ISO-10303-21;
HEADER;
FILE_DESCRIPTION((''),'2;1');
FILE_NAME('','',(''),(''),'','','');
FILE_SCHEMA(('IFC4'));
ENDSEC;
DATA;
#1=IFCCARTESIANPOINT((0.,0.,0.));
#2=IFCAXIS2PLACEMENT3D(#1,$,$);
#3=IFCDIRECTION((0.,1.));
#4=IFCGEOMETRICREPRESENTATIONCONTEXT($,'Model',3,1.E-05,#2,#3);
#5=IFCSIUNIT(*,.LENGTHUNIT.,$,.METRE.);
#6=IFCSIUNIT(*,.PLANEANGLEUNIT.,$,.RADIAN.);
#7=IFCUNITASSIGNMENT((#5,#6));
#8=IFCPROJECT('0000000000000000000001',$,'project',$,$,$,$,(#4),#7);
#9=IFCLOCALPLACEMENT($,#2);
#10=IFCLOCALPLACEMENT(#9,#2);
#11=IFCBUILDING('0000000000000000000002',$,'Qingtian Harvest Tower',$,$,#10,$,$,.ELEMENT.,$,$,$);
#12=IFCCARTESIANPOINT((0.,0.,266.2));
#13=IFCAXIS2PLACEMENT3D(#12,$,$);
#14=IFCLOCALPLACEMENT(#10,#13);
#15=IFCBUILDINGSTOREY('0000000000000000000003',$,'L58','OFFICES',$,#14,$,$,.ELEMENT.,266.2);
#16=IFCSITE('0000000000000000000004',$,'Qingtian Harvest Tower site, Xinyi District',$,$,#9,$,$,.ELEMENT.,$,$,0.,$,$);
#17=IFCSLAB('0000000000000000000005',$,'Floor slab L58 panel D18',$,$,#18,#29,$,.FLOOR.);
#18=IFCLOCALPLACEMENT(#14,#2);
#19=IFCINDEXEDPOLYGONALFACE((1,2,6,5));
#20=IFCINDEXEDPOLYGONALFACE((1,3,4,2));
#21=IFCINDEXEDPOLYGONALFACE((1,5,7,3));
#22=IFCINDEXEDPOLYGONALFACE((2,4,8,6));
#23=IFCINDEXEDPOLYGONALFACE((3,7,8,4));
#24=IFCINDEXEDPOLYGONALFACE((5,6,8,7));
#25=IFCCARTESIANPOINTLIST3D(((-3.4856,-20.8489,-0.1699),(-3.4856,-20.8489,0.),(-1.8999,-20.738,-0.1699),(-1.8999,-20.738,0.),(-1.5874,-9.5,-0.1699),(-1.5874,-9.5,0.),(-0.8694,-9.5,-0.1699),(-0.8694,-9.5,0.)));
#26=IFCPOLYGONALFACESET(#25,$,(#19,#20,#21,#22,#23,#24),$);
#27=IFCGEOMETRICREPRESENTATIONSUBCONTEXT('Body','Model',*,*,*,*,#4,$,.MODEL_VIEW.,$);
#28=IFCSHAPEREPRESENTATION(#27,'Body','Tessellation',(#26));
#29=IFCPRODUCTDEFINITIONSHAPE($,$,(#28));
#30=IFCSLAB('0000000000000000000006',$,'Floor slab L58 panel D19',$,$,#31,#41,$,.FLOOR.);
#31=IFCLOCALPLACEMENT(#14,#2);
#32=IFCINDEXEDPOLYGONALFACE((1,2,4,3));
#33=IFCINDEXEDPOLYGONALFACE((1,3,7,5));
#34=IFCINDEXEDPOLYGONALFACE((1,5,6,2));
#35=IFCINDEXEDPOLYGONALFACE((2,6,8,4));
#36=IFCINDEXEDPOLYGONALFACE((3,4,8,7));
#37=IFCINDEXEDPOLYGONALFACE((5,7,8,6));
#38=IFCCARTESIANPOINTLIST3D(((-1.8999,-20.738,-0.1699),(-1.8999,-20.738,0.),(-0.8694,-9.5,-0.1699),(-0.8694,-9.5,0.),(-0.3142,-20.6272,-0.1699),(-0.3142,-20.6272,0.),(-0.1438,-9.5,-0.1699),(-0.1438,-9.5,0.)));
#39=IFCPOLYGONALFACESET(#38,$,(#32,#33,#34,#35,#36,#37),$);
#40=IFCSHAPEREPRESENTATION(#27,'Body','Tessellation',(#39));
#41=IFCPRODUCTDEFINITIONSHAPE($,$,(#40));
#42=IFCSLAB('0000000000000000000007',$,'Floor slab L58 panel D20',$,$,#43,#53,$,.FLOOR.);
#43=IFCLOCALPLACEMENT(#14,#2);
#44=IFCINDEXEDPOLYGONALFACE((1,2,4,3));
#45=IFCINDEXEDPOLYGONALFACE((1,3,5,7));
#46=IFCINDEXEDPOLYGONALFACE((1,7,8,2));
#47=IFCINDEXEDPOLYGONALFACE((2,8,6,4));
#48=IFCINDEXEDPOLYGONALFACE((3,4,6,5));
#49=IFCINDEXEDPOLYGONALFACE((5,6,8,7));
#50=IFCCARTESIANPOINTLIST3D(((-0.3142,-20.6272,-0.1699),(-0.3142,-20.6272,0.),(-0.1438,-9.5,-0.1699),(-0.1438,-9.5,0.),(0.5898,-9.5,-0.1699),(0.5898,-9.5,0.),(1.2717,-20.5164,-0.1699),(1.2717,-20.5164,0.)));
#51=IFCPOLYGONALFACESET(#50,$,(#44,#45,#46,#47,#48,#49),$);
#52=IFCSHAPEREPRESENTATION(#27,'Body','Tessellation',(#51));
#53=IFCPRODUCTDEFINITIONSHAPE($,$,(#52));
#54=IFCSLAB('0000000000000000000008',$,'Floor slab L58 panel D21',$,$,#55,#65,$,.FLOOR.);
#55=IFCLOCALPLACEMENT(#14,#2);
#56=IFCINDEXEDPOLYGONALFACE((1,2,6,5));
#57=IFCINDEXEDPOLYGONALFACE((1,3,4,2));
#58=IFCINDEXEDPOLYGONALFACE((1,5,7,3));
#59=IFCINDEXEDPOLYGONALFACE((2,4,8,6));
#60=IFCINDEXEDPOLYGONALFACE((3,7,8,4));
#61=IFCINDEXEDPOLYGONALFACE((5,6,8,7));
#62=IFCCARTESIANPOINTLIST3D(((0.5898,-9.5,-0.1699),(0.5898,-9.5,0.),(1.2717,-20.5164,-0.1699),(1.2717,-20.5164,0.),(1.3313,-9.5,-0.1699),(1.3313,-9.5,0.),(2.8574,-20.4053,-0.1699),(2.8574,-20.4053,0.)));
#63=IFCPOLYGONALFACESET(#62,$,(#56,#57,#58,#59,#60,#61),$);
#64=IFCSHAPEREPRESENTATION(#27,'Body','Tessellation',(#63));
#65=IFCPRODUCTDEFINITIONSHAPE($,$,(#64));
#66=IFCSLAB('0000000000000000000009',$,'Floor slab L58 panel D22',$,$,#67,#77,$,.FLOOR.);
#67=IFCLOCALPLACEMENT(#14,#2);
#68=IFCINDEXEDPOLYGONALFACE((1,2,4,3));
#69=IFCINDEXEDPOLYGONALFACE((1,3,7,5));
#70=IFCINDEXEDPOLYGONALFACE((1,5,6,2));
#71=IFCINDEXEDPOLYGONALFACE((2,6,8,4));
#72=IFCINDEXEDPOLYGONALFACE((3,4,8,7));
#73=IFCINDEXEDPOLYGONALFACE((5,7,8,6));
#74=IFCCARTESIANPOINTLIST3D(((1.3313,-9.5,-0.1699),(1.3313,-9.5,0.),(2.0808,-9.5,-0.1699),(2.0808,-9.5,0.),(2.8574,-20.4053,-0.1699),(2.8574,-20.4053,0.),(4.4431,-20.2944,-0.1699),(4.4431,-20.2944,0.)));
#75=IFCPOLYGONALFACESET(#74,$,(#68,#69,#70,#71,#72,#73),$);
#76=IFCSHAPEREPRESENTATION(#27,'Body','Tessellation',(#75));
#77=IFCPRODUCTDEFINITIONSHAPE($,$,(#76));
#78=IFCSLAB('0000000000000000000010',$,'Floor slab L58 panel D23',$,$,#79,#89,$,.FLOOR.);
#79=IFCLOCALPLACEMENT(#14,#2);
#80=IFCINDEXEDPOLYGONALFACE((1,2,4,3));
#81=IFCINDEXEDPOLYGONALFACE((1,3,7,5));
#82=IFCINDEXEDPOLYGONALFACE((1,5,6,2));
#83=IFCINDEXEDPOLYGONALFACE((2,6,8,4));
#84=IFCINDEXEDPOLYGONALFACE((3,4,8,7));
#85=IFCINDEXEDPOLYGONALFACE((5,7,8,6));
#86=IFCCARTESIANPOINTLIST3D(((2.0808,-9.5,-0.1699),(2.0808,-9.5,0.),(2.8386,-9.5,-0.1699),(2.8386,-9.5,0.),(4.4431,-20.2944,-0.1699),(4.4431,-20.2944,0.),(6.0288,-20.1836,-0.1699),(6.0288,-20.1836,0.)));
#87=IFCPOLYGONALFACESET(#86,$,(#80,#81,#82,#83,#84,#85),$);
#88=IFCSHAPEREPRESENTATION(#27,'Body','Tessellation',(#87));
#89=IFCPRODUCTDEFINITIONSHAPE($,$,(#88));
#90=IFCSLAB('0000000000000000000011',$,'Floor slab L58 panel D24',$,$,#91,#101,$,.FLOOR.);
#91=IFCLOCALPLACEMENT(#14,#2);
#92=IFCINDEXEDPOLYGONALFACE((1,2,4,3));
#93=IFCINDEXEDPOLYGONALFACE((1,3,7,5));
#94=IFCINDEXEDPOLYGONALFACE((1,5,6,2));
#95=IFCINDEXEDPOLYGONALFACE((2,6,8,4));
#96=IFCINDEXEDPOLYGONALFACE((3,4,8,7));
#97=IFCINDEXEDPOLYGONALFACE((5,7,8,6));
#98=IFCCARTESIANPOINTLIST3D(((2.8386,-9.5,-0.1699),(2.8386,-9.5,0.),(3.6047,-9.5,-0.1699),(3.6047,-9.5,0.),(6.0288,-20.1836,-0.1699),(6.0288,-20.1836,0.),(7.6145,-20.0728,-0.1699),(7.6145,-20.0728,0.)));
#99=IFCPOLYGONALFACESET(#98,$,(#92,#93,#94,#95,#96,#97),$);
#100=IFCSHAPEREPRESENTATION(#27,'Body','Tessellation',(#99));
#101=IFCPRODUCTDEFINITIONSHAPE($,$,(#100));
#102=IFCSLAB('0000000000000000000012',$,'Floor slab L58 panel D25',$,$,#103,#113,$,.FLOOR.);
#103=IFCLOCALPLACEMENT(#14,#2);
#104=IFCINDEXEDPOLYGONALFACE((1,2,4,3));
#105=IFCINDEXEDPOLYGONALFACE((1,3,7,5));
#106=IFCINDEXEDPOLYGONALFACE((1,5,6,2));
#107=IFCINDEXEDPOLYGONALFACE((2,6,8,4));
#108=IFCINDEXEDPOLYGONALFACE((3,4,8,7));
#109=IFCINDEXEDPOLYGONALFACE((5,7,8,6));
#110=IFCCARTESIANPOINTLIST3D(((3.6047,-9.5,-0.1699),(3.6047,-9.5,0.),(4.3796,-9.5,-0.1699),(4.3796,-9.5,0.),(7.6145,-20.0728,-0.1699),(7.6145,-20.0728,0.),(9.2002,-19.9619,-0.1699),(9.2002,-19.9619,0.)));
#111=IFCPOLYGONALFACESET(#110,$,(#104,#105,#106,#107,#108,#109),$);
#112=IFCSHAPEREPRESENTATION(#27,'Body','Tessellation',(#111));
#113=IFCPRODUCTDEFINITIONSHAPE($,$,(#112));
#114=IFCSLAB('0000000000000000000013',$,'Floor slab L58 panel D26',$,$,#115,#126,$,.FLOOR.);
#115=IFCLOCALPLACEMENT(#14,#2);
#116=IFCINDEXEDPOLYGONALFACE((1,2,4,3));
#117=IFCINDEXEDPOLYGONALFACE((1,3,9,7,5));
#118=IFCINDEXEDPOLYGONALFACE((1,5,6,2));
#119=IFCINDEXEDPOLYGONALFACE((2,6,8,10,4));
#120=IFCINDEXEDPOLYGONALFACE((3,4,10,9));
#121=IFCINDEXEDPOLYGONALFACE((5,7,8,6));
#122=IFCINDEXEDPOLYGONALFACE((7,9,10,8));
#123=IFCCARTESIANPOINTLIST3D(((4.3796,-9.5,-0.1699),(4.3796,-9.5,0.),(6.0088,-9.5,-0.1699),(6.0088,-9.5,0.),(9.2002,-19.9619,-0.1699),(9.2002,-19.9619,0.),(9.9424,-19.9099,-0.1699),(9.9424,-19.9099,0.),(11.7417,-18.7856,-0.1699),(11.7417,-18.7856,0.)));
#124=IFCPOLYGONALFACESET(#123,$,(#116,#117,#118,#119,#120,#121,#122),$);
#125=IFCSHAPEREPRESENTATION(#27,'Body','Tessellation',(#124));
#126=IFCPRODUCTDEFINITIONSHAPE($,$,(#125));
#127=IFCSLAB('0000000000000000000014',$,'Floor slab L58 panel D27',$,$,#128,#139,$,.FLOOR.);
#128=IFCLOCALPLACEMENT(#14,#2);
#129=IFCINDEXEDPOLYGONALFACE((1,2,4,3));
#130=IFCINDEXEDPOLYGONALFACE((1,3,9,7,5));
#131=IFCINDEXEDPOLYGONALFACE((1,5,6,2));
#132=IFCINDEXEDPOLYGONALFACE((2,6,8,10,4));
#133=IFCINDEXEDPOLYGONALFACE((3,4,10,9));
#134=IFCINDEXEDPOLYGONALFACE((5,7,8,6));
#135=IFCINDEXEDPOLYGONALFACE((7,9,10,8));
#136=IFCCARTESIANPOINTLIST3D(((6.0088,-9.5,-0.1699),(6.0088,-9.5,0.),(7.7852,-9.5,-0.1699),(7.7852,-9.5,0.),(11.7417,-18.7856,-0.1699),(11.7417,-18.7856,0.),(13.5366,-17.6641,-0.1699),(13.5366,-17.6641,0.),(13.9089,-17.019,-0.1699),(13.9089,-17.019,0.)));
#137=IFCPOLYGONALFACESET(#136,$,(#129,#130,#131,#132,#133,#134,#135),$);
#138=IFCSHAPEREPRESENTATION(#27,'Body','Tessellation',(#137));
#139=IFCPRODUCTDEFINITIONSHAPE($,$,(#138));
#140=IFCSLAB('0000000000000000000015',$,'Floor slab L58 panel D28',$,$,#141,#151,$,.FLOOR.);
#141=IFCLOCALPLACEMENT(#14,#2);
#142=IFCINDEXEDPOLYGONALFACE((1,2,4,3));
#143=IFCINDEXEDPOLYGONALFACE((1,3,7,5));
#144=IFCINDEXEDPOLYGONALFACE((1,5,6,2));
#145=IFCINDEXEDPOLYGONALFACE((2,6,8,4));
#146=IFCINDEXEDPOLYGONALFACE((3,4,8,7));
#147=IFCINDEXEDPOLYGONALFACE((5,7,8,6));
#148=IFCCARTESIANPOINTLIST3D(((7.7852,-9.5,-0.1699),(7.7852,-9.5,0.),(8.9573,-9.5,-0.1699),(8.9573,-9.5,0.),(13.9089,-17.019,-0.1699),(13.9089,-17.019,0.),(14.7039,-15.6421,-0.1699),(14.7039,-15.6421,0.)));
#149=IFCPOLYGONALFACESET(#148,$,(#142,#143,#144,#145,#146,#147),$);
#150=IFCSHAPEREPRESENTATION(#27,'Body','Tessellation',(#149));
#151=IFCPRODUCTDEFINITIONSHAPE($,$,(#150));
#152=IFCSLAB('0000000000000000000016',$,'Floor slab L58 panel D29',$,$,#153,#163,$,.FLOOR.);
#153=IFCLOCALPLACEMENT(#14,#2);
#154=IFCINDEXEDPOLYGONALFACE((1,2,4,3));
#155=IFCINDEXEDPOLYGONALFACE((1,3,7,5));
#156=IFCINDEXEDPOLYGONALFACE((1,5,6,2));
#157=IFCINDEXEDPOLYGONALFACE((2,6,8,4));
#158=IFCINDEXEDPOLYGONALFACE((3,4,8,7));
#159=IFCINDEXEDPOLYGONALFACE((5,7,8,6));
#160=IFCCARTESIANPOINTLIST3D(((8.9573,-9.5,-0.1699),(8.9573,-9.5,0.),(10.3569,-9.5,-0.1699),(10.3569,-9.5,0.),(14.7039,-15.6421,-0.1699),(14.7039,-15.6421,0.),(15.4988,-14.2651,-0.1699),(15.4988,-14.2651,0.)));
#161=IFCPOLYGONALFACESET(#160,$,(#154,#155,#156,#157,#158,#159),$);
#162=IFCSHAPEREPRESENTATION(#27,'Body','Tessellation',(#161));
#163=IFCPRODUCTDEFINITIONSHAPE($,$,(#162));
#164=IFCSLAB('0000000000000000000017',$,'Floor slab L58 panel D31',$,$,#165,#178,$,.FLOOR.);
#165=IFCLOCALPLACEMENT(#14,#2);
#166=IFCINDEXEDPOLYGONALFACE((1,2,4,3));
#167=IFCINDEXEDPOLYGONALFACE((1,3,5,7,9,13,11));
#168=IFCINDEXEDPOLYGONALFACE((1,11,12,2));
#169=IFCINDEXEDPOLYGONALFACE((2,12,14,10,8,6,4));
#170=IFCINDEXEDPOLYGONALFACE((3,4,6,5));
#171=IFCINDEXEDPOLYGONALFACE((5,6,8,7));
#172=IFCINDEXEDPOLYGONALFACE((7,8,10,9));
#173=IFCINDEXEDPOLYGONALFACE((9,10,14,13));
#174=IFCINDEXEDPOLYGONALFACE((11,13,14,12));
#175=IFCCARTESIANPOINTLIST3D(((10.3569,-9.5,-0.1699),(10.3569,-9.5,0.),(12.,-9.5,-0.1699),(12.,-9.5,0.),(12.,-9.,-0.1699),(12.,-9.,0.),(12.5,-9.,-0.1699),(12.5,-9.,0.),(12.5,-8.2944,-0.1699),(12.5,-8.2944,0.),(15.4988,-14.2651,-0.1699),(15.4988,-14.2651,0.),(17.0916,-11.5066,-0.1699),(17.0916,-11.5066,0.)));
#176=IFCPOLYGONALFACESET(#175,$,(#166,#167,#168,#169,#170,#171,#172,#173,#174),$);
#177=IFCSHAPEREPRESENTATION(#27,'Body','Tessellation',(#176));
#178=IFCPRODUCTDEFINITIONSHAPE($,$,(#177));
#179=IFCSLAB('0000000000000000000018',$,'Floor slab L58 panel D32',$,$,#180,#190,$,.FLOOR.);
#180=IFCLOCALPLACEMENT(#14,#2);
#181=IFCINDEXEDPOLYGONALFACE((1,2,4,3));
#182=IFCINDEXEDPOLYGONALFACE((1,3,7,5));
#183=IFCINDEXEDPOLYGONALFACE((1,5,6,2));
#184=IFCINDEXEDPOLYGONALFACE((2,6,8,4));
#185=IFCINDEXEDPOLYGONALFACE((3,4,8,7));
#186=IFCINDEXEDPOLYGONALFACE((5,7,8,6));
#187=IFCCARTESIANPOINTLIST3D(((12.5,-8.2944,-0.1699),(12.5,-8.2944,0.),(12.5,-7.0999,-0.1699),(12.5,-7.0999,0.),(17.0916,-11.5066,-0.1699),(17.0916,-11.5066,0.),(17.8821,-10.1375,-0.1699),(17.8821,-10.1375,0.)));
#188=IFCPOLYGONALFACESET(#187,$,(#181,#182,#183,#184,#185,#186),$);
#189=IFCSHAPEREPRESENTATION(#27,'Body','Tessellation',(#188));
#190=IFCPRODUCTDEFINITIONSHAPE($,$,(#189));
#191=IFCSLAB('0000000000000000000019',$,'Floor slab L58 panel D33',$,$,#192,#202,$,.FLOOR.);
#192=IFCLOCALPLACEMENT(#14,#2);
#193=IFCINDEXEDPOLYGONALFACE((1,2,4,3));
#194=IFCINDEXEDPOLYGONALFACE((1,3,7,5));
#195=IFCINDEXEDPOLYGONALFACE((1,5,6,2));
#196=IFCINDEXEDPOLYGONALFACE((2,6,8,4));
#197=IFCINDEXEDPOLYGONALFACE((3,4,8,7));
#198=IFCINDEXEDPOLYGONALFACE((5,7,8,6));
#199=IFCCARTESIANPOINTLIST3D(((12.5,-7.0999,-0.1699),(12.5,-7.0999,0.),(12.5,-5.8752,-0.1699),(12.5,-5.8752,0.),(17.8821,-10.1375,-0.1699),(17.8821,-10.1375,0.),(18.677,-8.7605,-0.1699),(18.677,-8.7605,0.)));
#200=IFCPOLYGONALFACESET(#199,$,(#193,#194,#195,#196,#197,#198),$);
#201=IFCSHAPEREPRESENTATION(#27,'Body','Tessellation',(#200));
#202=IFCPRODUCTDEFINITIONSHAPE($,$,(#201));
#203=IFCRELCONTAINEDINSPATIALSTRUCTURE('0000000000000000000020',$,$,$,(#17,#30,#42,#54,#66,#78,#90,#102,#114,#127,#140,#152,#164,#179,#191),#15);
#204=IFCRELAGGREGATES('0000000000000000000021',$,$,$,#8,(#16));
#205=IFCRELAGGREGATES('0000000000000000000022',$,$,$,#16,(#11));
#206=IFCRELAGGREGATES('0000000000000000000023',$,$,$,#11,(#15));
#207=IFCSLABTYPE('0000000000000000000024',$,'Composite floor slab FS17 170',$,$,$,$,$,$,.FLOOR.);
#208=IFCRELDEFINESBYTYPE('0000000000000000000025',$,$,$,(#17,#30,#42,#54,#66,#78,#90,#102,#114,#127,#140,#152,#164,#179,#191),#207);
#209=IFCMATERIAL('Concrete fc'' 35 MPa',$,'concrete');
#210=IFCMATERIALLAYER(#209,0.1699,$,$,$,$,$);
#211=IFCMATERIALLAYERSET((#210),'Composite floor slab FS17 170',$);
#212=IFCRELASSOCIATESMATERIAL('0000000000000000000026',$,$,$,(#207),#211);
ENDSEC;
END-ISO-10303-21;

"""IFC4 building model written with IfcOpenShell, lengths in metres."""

from ifc_helpers import new_model, si_unit, direction, frame, origin, place, context, subcontext, project, spatial, polyline, outline, extrude, material, layer, layer_set, type_object, element, save


model = new_model("IFC4")

# Units and contexts
model_context = context("Model", 3, precision=1e-05, world=origin(), true_north=direction((0.0, 1.0)))
body_context = subcontext(model_context, "Body", "Model", "MODEL_VIEW")
ifc_project = project(units=[si_unit("LENGTHUNIT", "METRE"), si_unit("PLANEANGLEUNIT", "RADIAN")], contexts=[model_context])

# Site, building, storey
site_placement = place(None, origin())
site = spatial("IfcSite", under=ifc_project, at=site_placement, Name="Qingtian Harvest Tower site, Xinyi District", CompositionType="ELEMENT", RefElevation=0.0)
building_placement = place(site_placement, origin())
building = spatial("IfcBuilding", under=site, at=building_placement, Name="Qingtian Harvest Tower", CompositionType="ELEMENT")
storey_placement = place(building_placement, frame((0.0, 0.0, 266.2)))
storey = spatial("IfcBuildingStorey", under=building, at=storey_placement, Name="L58", Description="OFFICES", CompositionType="ELEMENT", Elevation=266.2)

# Slabs
ifc_material = material(Name="Concrete fc' 35 MPa", Category="concrete")
ifc_layer = layer(ifc_material, 0.1699)
ifc_layer_set = layer_set([ifc_layer], Name="Composite floor slab FS17 170")
slab_type = type_object("IfcSlabType", Name="Composite floor slab FS17 170", PredefinedType="FLOOR", material=ifc_layer_set)
slab_1_placement = place(storey_placement, frame((0.0, 0.0, -0.1699)))
element("IfcSlab", 1, at=slab_1_placement, inside=storey, type_object=slab_type, Name="Floor slab L58 panel D18", PredefinedType="FLOOR", context=body_context, shape_type="SweptSolid", body=[
    extrude(outline(polyline([(-0.8694, -9.5), (-1.8999, -20.738), (-3.4856, -20.8489), (-1.5874, -9.5), (-0.8694, -9.5)])), origin(), (0.0, 0.0, 1.0), 0.1699),
])
slab_2_placement = place(storey_placement, frame((0.0, 0.0, -0.1699)))
element("IfcSlab", 2, at=slab_2_placement, inside=storey, type_object=slab_type, Name="Floor slab L58 panel D19", PredefinedType="FLOOR", context=body_context, shape_type="SweptSolid", body=[
    extrude(outline(polyline([(-0.1438, -9.5), (-0.3142, -20.6272), (-1.8999, -20.738), (-0.8694, -9.5), (-0.1438, -9.5)])), origin(), (0.0, 0.0, 1.0), 0.1699),
])
slab_3_placement = place(storey_placement, frame((0.0, 0.0, -0.1699)))
element("IfcSlab", 3, at=slab_3_placement, inside=storey, type_object=slab_type, Name="Floor slab L58 panel D20", PredefinedType="FLOOR", context=body_context, shape_type="SweptSolid", body=[
    extrude(outline(polyline([(0.5898, -9.5), (1.2717, -20.5164), (-0.3142, -20.6272), (-0.1438, -9.5), (0.5898, -9.5)])), origin(), (0.0, 0.0, 1.0), 0.1699),
])
slab_4_placement = place(storey_placement, frame((0.0, 0.0, -0.1699)))
element("IfcSlab", 4, at=slab_4_placement, inside=storey, type_object=slab_type, Name="Floor slab L58 panel D21", PredefinedType="FLOOR", context=body_context, shape_type="SweptSolid", body=[
    extrude(outline(polyline([(1.3313, -9.5), (2.8574, -20.4053), (1.2717, -20.5164), (0.5898, -9.5), (1.3313, -9.5)])), origin(), (0.0, 0.0, 1.0), 0.1699),
])
slab_5_placement = place(storey_placement, frame((0.0, 0.0, -0.1699)))
element("IfcSlab", 5, at=slab_5_placement, inside=storey, type_object=slab_type, Name="Floor slab L58 panel D22", PredefinedType="FLOOR", context=body_context, shape_type="SweptSolid", body=[
    extrude(outline(polyline([(2.0808, -9.5), (4.4431, -20.2944), (2.8574, -20.4053), (1.3313, -9.5), (2.0808, -9.5)])), origin(), (0.0, 0.0, 1.0), 0.1699),
])
slab_6_placement = place(storey_placement, frame((0.0, 0.0, -0.1699)))
element("IfcSlab", 6, at=slab_6_placement, inside=storey, type_object=slab_type, Name="Floor slab L58 panel D23", PredefinedType="FLOOR", context=body_context, shape_type="SweptSolid", body=[
    extrude(outline(polyline([(2.8386, -9.5), (6.0288, -20.1836), (4.4431, -20.2944), (2.0808, -9.5), (2.8386, -9.5)])), origin(), (0.0, 0.0, 1.0), 0.1699),
])
slab_7_placement = place(storey_placement, frame((0.0, 0.0, -0.1699)))
element("IfcSlab", 7, at=slab_7_placement, inside=storey, type_object=slab_type, Name="Floor slab L58 panel D24", PredefinedType="FLOOR", context=body_context, shape_type="SweptSolid", body=[
    extrude(outline(polyline([(3.6047, -9.5), (7.6145, -20.0728), (6.0288, -20.1836), (2.8386, -9.5), (3.6047, -9.5)])), origin(), (0.0, 0.0, 1.0), 0.1699),
])
slab_8_placement = place(storey_placement, frame((0.0, 0.0, -0.1699)))
element("IfcSlab", 8, at=slab_8_placement, inside=storey, type_object=slab_type, Name="Floor slab L58 panel D25", PredefinedType="FLOOR", context=body_context, shape_type="SweptSolid", body=[
    extrude(outline(polyline([(4.3796, -9.5), (9.2002, -19.9619), (7.6145, -20.0728), (3.6047, -9.5), (4.3796, -9.5)])), origin(), (0.0, 0.0, 1.0), 0.1699),
])
slab_9_placement = place(storey_placement, frame((0.0, 0.0, -0.1699)))
element("IfcSlab", 9, at=slab_9_placement, inside=storey, type_object=slab_type, Name="Floor slab L58 panel D26", PredefinedType="FLOOR", context=body_context, shape_type="SweptSolid", body=[
    extrude(outline(polyline([(4.3796, -9.5), (6.0088, -9.5), (11.7417, -18.7856), (9.9424, -19.9099), (9.2002, -19.9619), (4.3796, -9.5)])), origin(), (0.0, 0.0, 1.0), 0.1699),
])
slab_10_placement = place(storey_placement, frame((0.0, 0.0, -0.1699)))
element("IfcSlab", 10, at=slab_10_placement, inside=storey, type_object=slab_type, Name="Floor slab L58 panel D27", PredefinedType="FLOOR", context=body_context, shape_type="SweptSolid", body=[
    extrude(outline(polyline([(6.0088, -9.5), (7.7852, -9.5), (13.9089, -17.019), (13.5366, -17.6641), (11.7417, -18.7856), (6.0088, -9.5)])), origin(), (0.0, 0.0, 1.0), 0.1699),
])
slab_11_placement = place(storey_placement, frame((0.0, 0.0, -0.1699)))
element("IfcSlab", 11, at=slab_11_placement, inside=storey, type_object=slab_type, Name="Floor slab L58 panel D28", PredefinedType="FLOOR", context=body_context, shape_type="SweptSolid", body=[
    extrude(outline(polyline([(8.9573, -9.5), (14.7039, -15.6421), (13.9089, -17.019), (7.7852, -9.5), (8.9573, -9.5)])), origin(), (0.0, 0.0, 1.0), 0.1699),
])
slab_12_placement = place(storey_placement, frame((0.0, 0.0, -0.1699)))
element("IfcSlab", 12, at=slab_12_placement, inside=storey, type_object=slab_type, Name="Floor slab L58 panel D29", PredefinedType="FLOOR", context=body_context, shape_type="SweptSolid", body=[
    extrude(outline(polyline([(10.3569, -9.5), (15.4988, -14.2651), (14.7039, -15.6421), (8.9573, -9.5), (10.3569, -9.5)])), origin(), (0.0, 0.0, 1.0), 0.1699),
])
slab_13_placement = place(storey_placement, frame((0.0, 0.0, -0.1699)))
element("IfcSlab", 13, at=slab_13_placement, inside=storey, type_object=slab_type, Name="Floor slab L58 panel D31", PredefinedType="FLOOR", context=body_context, shape_type="SweptSolid", body=[
    extrude(outline(polyline([(12.5, -8.2944), (17.0916, -11.5066), (15.4988, -14.2651), (10.3569, -9.5), (12.0, -9.5), (12.0, -9.0), (12.5, -9.0), (12.5, -8.2944)])), origin(), (0.0, 0.0, 1.0), 0.1699),
])
slab_14_placement = place(storey_placement, frame((0.0, 0.0, -0.1699)))
element("IfcSlab", 14, at=slab_14_placement, inside=storey, type_object=slab_type, Name="Floor slab L58 panel D32", PredefinedType="FLOOR", context=body_context, shape_type="SweptSolid", body=[
    extrude(outline(polyline([(12.5, -7.0999), (17.8821, -10.1375), (17.0916, -11.5066), (12.5, -8.2944), (12.5, -7.0999)])), origin(), (0.0, 0.0, 1.0), 0.1699),
])
slab_15_placement = place(storey_placement, frame((0.0, 0.0, -0.1699)))
element("IfcSlab", 15, at=slab_15_placement, inside=storey, type_object=slab_type, Name="Floor slab L58 panel D33", PredefinedType="FLOOR", context=body_context, shape_type="SweptSolid", body=[
    extrude(outline(polyline([(12.5, -5.8752), (18.677, -8.7605), (17.8821, -10.1375), (12.5, -7.0999), (12.5, -5.8752)])), origin(), (0.0, 0.0, 1.0), 0.1699),
])

save(model, "model.ifc")
